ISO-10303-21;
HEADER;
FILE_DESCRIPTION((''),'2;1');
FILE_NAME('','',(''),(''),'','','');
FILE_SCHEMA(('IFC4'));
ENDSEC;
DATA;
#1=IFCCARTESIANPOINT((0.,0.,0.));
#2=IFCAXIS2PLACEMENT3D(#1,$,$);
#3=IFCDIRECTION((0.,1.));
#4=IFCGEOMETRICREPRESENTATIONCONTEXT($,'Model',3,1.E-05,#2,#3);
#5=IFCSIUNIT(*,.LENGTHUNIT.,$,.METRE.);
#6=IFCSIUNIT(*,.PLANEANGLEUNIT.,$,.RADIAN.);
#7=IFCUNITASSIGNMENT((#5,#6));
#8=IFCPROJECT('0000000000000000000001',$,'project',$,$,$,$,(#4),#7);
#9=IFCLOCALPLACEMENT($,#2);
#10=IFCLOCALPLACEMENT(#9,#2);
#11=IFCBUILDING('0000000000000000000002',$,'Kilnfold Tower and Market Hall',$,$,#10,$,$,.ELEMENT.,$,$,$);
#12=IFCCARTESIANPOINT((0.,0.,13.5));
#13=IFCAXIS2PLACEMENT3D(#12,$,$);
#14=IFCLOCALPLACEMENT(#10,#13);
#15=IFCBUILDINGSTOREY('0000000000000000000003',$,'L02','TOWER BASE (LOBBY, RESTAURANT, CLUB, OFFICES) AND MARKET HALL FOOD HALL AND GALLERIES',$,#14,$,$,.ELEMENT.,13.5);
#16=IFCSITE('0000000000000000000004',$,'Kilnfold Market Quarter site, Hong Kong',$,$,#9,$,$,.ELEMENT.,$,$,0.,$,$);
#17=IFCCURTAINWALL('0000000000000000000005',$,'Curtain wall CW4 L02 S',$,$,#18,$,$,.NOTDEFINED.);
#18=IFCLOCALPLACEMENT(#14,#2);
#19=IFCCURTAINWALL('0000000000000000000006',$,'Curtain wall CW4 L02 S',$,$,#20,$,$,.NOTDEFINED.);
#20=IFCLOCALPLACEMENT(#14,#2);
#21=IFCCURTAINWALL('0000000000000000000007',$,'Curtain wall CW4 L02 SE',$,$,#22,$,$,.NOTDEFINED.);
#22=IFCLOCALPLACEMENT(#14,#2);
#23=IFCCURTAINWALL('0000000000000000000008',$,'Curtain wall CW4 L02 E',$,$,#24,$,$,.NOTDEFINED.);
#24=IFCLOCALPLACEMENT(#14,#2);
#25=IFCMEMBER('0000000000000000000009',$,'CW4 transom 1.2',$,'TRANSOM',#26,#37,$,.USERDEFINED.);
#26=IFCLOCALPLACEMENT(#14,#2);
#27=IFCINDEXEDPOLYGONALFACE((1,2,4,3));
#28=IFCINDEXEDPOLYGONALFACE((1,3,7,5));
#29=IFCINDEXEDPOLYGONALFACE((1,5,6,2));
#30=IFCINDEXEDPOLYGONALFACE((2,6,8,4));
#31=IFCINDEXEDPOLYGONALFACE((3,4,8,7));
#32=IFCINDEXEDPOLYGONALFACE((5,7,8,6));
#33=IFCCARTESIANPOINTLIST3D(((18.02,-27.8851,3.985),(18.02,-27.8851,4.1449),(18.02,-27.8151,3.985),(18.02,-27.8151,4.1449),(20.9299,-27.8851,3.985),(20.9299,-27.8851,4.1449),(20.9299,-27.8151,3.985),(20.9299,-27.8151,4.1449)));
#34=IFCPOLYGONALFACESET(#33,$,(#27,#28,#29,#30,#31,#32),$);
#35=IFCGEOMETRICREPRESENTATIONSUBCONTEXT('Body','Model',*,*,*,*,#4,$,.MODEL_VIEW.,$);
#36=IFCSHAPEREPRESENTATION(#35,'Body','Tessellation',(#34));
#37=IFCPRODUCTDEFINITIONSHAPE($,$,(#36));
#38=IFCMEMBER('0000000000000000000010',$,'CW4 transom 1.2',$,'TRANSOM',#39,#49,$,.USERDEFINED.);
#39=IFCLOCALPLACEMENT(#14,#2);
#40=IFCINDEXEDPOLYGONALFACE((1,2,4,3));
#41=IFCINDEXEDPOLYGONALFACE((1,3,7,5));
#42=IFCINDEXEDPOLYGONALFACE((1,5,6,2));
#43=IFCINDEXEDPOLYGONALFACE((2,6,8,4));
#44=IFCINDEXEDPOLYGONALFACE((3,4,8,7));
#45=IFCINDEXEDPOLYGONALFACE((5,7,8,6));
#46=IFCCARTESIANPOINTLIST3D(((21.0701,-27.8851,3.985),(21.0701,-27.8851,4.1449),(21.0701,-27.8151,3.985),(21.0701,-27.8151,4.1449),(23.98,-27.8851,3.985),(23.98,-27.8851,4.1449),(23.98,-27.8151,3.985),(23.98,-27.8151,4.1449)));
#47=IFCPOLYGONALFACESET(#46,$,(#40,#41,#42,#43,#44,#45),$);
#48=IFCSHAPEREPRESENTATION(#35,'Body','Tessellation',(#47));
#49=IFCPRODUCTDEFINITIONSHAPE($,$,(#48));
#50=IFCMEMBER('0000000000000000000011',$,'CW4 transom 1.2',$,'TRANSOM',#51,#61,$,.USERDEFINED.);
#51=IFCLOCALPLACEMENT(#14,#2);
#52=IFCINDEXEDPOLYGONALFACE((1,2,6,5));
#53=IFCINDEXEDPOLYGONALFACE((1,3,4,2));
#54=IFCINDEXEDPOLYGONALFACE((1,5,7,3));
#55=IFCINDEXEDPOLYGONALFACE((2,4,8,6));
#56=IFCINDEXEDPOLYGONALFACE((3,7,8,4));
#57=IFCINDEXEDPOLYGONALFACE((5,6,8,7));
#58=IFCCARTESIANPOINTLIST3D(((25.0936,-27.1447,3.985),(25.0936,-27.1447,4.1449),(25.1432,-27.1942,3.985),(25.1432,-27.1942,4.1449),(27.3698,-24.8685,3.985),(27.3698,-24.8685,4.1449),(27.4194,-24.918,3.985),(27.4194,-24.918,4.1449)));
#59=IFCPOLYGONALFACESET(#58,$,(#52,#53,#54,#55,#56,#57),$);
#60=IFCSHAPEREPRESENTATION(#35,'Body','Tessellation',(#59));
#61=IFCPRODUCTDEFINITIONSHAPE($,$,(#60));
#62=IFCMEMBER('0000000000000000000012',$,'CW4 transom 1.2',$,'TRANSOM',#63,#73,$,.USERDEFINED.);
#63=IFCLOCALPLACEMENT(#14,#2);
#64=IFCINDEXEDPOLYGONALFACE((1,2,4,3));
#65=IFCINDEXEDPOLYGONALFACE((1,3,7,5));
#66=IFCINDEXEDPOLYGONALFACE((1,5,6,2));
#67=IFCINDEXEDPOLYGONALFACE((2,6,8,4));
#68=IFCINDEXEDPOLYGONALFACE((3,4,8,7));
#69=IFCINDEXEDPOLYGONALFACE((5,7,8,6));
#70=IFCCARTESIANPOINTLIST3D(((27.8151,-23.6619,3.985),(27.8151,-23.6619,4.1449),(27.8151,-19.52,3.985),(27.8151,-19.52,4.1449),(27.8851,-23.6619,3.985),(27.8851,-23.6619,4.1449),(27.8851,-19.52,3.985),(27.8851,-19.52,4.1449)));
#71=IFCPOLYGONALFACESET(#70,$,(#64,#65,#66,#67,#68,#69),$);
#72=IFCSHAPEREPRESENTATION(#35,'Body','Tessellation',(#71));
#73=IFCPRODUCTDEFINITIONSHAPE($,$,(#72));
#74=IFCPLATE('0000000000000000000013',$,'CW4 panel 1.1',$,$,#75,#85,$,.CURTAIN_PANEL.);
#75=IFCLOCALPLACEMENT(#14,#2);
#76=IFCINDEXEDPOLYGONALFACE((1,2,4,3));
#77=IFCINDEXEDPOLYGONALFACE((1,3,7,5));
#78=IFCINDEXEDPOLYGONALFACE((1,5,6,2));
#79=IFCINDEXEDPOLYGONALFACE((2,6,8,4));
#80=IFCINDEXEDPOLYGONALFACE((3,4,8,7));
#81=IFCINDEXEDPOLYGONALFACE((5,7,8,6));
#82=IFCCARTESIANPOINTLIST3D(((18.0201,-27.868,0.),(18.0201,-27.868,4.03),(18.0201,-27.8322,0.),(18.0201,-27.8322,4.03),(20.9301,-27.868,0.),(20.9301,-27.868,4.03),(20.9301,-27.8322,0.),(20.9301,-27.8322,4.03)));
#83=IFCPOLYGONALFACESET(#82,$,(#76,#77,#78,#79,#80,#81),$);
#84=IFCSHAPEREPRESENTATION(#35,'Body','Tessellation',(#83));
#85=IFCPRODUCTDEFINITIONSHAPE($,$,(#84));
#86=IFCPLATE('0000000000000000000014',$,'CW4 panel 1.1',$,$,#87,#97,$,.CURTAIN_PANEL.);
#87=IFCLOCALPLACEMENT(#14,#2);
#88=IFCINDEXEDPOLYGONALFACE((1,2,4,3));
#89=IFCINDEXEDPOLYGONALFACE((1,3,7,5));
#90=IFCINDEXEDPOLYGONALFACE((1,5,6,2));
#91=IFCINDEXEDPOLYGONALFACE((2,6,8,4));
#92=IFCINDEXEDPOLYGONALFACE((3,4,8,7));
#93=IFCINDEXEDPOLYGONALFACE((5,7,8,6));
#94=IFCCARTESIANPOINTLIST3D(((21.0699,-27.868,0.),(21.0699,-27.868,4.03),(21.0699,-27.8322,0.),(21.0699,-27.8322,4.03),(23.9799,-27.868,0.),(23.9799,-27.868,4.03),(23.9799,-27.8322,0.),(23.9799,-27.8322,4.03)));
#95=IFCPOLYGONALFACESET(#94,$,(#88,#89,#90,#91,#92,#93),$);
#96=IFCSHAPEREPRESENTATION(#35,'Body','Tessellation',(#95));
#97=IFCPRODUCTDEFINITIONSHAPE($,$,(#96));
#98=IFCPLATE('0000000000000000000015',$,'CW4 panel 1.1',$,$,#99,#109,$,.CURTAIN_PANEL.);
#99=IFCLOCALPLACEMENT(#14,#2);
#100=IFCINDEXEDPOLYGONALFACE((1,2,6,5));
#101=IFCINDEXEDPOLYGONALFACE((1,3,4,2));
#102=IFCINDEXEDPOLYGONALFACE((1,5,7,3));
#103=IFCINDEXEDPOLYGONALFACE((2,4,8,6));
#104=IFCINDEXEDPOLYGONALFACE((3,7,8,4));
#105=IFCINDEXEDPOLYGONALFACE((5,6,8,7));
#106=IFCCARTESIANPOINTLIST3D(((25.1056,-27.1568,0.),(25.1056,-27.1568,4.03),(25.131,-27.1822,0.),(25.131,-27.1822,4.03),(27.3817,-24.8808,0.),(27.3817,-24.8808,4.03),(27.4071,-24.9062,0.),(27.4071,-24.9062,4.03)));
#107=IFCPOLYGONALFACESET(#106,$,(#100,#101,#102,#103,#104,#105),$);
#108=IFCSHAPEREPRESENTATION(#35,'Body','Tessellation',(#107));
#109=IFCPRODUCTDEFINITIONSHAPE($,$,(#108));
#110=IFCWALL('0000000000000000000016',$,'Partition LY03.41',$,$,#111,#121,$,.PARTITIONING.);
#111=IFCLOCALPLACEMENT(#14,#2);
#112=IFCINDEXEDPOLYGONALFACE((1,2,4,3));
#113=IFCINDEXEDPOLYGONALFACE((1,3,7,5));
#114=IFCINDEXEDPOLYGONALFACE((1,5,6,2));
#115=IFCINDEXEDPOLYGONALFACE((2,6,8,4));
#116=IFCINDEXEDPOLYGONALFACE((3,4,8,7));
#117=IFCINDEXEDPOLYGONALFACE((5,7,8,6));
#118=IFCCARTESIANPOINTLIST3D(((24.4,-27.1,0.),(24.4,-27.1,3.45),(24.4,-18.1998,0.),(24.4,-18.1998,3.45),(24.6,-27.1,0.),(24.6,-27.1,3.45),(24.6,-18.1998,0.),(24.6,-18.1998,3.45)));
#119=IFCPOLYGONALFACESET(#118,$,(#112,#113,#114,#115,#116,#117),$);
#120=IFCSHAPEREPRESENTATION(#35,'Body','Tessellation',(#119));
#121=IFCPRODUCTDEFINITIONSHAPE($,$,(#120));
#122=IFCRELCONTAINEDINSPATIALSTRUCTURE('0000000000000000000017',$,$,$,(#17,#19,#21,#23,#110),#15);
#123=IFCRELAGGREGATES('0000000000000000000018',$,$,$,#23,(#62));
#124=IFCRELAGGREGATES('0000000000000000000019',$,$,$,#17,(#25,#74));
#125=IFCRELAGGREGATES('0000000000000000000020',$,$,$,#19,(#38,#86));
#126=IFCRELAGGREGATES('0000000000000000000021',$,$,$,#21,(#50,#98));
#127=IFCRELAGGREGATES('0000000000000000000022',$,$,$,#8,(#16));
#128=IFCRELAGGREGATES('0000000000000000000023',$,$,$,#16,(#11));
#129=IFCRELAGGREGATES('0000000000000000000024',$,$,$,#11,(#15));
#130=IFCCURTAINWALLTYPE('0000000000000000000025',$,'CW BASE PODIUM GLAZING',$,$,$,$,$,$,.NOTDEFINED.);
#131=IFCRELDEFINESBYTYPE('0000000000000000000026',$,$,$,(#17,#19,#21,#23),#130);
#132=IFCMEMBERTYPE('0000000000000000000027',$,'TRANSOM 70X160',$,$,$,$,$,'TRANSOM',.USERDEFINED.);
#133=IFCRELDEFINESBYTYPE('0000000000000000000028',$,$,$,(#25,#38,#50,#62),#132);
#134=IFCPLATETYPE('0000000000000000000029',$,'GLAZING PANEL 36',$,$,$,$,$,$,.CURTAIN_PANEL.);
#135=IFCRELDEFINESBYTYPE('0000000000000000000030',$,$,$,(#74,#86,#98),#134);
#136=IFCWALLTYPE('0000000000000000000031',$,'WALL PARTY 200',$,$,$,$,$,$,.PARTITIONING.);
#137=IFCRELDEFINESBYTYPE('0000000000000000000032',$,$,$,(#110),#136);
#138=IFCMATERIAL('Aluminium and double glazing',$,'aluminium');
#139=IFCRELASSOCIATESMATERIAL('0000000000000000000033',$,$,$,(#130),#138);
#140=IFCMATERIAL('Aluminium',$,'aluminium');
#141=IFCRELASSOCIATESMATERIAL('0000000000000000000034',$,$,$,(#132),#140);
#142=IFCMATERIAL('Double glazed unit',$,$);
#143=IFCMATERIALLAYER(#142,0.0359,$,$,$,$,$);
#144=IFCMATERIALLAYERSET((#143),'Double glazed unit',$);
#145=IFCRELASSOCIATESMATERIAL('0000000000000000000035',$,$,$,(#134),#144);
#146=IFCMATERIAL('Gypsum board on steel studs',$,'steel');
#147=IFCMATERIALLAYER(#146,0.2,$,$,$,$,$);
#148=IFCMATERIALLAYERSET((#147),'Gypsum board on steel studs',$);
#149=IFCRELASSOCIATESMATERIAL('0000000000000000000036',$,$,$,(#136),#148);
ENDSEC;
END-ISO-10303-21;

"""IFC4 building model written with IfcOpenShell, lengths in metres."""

from ifc_helpers import new_model, si_unit, direction, frame, frame_2d, origin, origin_2d, place, context, subcontext, project, spatial, rectangle, extrude, source, transform, mapped, material, layer, layer_set, material_profile, profile_set, type_object, element, aggregate, save


model = new_model("IFC4")

# Units and contexts
model_context = context("Model", 3, precision=1e-05, world=origin(), true_north=direction((0.0, 1.0)))
body_context = subcontext(model_context, "Body", "Model", "MODEL_VIEW")
ifc_project = project(units=[si_unit("LENGTHUNIT", "METRE"), si_unit("PLANEANGLEUNIT", "RADIAN")], contexts=[model_context])

# Site, building, storey
site_placement = place(None, origin())
site = spatial("IfcSite", under=ifc_project, at=site_placement, Name="Kilnfold Market Quarter site, Hong Kong", CompositionType="ELEMENT", RefElevation=0.0)
building_placement = place(site_placement, origin())
building = spatial("IfcBuilding", under=site, at=building_placement, Name="Kilnfold Tower and Market Hall", CompositionType="ELEMENT")
storey_placement = place(building_placement, frame((0.0, 0.0, 13.5)))
storey = spatial("IfcBuildingStorey", under=building, at=storey_placement, Name="L02", Description="TOWER BASE (LOBBY, RESTAURANT, CLUB, OFFICES) AND MARKET HALL FOOD HALL AND GALLERIES", CompositionType="ELEMENT", Elevation=13.5)

# Curtain walls
ifc_material_1 = material(Name="Aluminium and double glazing", Category="aluminium")
curtain_wall_type = type_object("IfcCurtainWallType", Name="CW BASE PODIUM GLAZING", PredefinedType="NOTDEFINED", material=ifc_material_1)
curtain_wall_1_placement = place(storey_placement, origin())
curtain_wall_1 = element("IfcCurtainWall", 1, at=curtain_wall_1_placement, inside=storey, type_object=curtain_wall_type, Name="Curtain wall CW4 L02 S", PredefinedType="NOTDEFINED")
curtain_wall_2_placement = place(storey_placement, origin())
curtain_wall_2 = element("IfcCurtainWall", 2, at=curtain_wall_2_placement, inside=storey, type_object=curtain_wall_type, Name="Curtain wall CW4 L02 S", PredefinedType="NOTDEFINED")
curtain_wall_3_placement = place(storey_placement, origin())
curtain_wall_3 = element("IfcCurtainWall", 3, at=curtain_wall_3_placement, inside=storey, type_object=curtain_wall_type, Name="Curtain wall CW4 L02 SE", PredefinedType="NOTDEFINED")

# Curtain wall
curtain_wall_4_placement = place(storey_placement, origin())
curtain_wall_4 = element("IfcCurtainWall", 4, at=curtain_wall_4_placement, inside=storey, type_object=curtain_wall_type, Name="Curtain wall CW4 L02 E", PredefinedType="NOTDEFINED")

# Members
ifc_material_2 = material(Name="Aluminium", Category="aluminium")
ifc_material_profile_1 = material_profile(ifc_material_2, rectangle(XDim=0.0701, YDim=0.1599, at=origin_2d()), Name="TRANSOM 70x160")
ifc_profile_set_1 = profile_set([ifc_material_profile_1], Name="Aluminium")
member_type_1 = type_object("IfcMemberType", Name="TRANSOM 70X160", ElementType="TRANSOM", PredefinedType="USERDEFINED", material=ifc_profile_set_1)
shared_shape_1 = source(origin(), body_context, "Body", "SweptSolid", [
    extrude(rectangle(XDim=0.0701, YDim=0.1599, at=origin_2d()), origin(), (0.0, 0.0, 1.0), 2.9099),
])
member_1_placement = place(storey_placement, frame((18.02, -27.8501, 4.0649), z_axis=(1.0, 0.0, 0.0), x_axis=(0.0, 1.0, 0.0)))
member_1 = element("IfcMember", 5, at=member_1_placement, type_object=member_type_1, Name="CW4 transom 1.2", ObjectType="TRANSOM", PredefinedType="USERDEFINED", context=body_context, shape_type="MappedRepresentation", body=[
    mapped(shared_shape_1, transform((0.0, 0.0, 0.0))),
])
member_2_placement = place(storey_placement, frame((21.0701, -27.8501, 4.0649), z_axis=(1.0, 0.0, 0.0), x_axis=(0.0, 1.0, 0.0)))
member_2 = element("IfcMember", 6, at=member_2_placement, type_object=member_type_1, Name="CW4 transom 1.2", ObjectType="TRANSOM", PredefinedType="USERDEFINED", context=body_context, shape_type="MappedRepresentation", body=[
    mapped(shared_shape_1, transform((0.0, 0.0, 0.0))),
])
shared_shape_2 = source(origin(), body_context, "Body", "SweptSolid", [
    extrude(rectangle(XDim=0.0701, YDim=0.1599, at=origin_2d()), origin(), (0.0, 0.0, 1.0), 3.219),
])
member_3_placement = place(storey_placement, frame((25.1184, -27.1694, 4.0649), z_axis=(0.707107, 0.707107, 0.0), x_axis=(-0.707107, 0.707107, 0.0)))
member_3 = element("IfcMember", 7, at=member_3_placement, type_object=member_type_1, Name="CW4 transom 1.2", ObjectType="TRANSOM", PredefinedType="USERDEFINED", context=body_context, shape_type="MappedRepresentation", body=[
    mapped(shared_shape_2, transform((0.0, 0.0, 0.0))),
])
shared_shape_3 = source(origin(), body_context, "Body", "SweptSolid", [
    extrude(rectangle(XDim=0.0701, YDim=0.1599, at=origin_2d()), origin(), (0.0, 0.0, 1.0), 4.1418),
])
member_4_placement = place(storey_placement, frame((27.8501, -23.6619, 4.0649), z_axis=(0.0, 1.0, 0.0), x_axis=(-1.0, 0.0, 0.0)))
member_4 = element("IfcMember", 8, at=member_4_placement, type_object=member_type_1, Name="CW4 transom 1.2", ObjectType="TRANSOM", PredefinedType="USERDEFINED", context=body_context, shape_type="MappedRepresentation", body=[
    mapped(shared_shape_3, transform((0.0, 0.0, 0.0))),
])
aggregate(curtain_wall_4, [member_4])

# Plates
ifc_material_3 = material(Name="Double glazed unit")
ifc_layer_1 = layer(ifc_material_3, 0.0359)
ifc_layer_set_1 = layer_set([ifc_layer_1], Name="Double glazed unit")
plate_type = type_object("IfcPlateType", Name="GLAZING PANEL 36", PredefinedType="CURTAIN_PANEL", material=ifc_layer_set_1)
shared_shape_4 = source(origin(), body_context, "Body", "SweptSolid", [
    extrude(rectangle(XDim=2.9099, YDim=0.0359, at=origin_2d()), origin(), (0.0, 0.0, 1.0), 4.03),
])
plate_1_placement = place(storey_placement, frame((19.4751, -27.8501, 0.0), z_axis=(0.0, 0.0, 1.0), x_axis=(1.0, 0.0, 0.0)))
plate_1 = element("IfcPlate", 9, at=plate_1_placement, type_object=plate_type, Name="CW4 panel 1.1", PredefinedType="CURTAIN_PANEL", context=body_context, shape_type="MappedRepresentation", body=[
    mapped(shared_shape_4, transform((0.0, 0.0, 0.0))),
])
aggregate(curtain_wall_1, [member_1, plate_1])
plate_2_placement = place(storey_placement, frame((22.5249, -27.8501, 0.0), z_axis=(0.0, 0.0, 1.0), x_axis=(1.0, 0.0, 0.0)))
plate_2 = element("IfcPlate", 10, at=plate_2_placement, type_object=plate_type, Name="CW4 panel 1.1", PredefinedType="CURTAIN_PANEL", context=body_context, shape_type="MappedRepresentation", body=[
    mapped(shared_shape_4, transform((0.0, 0.0, 0.0))),
])
aggregate(curtain_wall_2, [member_2, plate_2])
shared_shape_5 = source(origin(), body_context, "Body", "SweptSolid", [
    extrude(rectangle(XDim=3.2188, YDim=0.0359, at=origin_2d()), origin(), (0.0, 0.0, 1.0), 4.03),
])
plate_3_placement = place(storey_placement, frame((26.2563, -26.0315, 0.0), z_axis=(0.0, 0.0, 1.0), x_axis=(0.707122, 0.707092, 0.0)))
plate_3 = element("IfcPlate", 11, at=plate_3_placement, type_object=plate_type, Name="CW4 panel 1.1", PredefinedType="CURTAIN_PANEL", context=body_context, shape_type="MappedRepresentation", body=[
    mapped(shared_shape_5, transform((0.0, 0.0, 0.0))),
])
aggregate(curtain_wall_3, [member_3, plate_3])

# Wall
ifc_material_4 = material(Name="Gypsum board on steel studs", Category="steel")
ifc_layer_2 = layer(ifc_material_4, 0.2)
ifc_layer_set_2 = layer_set([ifc_layer_2], Name="Gypsum board on steel studs")
wall_type = type_object("IfcWallType", Name="WALL PARTY 200", PredefinedType="PARTITIONING", material=ifc_layer_set_2)
wall_placement = place(storey_placement, frame((24.5, -27.1001, 0.0), z_axis=(0.0, 0.0, 1.0), x_axis=(0.0, 1.0, 0.0)))
element("IfcWall", 12, at=wall_placement, inside=storey, type_object=wall_type, Name="Partition LY03.41", PredefinedType="PARTITIONING", context=body_context, shape_type="SweptSolid", body=[
    extrude(rectangle(XDim=8.9001, YDim=0.2, at=frame_2d((4.4502, 0.0))), origin(), (0.0, 0.0, 1.0), 3.45),
])

save(model, "model.ifc")
